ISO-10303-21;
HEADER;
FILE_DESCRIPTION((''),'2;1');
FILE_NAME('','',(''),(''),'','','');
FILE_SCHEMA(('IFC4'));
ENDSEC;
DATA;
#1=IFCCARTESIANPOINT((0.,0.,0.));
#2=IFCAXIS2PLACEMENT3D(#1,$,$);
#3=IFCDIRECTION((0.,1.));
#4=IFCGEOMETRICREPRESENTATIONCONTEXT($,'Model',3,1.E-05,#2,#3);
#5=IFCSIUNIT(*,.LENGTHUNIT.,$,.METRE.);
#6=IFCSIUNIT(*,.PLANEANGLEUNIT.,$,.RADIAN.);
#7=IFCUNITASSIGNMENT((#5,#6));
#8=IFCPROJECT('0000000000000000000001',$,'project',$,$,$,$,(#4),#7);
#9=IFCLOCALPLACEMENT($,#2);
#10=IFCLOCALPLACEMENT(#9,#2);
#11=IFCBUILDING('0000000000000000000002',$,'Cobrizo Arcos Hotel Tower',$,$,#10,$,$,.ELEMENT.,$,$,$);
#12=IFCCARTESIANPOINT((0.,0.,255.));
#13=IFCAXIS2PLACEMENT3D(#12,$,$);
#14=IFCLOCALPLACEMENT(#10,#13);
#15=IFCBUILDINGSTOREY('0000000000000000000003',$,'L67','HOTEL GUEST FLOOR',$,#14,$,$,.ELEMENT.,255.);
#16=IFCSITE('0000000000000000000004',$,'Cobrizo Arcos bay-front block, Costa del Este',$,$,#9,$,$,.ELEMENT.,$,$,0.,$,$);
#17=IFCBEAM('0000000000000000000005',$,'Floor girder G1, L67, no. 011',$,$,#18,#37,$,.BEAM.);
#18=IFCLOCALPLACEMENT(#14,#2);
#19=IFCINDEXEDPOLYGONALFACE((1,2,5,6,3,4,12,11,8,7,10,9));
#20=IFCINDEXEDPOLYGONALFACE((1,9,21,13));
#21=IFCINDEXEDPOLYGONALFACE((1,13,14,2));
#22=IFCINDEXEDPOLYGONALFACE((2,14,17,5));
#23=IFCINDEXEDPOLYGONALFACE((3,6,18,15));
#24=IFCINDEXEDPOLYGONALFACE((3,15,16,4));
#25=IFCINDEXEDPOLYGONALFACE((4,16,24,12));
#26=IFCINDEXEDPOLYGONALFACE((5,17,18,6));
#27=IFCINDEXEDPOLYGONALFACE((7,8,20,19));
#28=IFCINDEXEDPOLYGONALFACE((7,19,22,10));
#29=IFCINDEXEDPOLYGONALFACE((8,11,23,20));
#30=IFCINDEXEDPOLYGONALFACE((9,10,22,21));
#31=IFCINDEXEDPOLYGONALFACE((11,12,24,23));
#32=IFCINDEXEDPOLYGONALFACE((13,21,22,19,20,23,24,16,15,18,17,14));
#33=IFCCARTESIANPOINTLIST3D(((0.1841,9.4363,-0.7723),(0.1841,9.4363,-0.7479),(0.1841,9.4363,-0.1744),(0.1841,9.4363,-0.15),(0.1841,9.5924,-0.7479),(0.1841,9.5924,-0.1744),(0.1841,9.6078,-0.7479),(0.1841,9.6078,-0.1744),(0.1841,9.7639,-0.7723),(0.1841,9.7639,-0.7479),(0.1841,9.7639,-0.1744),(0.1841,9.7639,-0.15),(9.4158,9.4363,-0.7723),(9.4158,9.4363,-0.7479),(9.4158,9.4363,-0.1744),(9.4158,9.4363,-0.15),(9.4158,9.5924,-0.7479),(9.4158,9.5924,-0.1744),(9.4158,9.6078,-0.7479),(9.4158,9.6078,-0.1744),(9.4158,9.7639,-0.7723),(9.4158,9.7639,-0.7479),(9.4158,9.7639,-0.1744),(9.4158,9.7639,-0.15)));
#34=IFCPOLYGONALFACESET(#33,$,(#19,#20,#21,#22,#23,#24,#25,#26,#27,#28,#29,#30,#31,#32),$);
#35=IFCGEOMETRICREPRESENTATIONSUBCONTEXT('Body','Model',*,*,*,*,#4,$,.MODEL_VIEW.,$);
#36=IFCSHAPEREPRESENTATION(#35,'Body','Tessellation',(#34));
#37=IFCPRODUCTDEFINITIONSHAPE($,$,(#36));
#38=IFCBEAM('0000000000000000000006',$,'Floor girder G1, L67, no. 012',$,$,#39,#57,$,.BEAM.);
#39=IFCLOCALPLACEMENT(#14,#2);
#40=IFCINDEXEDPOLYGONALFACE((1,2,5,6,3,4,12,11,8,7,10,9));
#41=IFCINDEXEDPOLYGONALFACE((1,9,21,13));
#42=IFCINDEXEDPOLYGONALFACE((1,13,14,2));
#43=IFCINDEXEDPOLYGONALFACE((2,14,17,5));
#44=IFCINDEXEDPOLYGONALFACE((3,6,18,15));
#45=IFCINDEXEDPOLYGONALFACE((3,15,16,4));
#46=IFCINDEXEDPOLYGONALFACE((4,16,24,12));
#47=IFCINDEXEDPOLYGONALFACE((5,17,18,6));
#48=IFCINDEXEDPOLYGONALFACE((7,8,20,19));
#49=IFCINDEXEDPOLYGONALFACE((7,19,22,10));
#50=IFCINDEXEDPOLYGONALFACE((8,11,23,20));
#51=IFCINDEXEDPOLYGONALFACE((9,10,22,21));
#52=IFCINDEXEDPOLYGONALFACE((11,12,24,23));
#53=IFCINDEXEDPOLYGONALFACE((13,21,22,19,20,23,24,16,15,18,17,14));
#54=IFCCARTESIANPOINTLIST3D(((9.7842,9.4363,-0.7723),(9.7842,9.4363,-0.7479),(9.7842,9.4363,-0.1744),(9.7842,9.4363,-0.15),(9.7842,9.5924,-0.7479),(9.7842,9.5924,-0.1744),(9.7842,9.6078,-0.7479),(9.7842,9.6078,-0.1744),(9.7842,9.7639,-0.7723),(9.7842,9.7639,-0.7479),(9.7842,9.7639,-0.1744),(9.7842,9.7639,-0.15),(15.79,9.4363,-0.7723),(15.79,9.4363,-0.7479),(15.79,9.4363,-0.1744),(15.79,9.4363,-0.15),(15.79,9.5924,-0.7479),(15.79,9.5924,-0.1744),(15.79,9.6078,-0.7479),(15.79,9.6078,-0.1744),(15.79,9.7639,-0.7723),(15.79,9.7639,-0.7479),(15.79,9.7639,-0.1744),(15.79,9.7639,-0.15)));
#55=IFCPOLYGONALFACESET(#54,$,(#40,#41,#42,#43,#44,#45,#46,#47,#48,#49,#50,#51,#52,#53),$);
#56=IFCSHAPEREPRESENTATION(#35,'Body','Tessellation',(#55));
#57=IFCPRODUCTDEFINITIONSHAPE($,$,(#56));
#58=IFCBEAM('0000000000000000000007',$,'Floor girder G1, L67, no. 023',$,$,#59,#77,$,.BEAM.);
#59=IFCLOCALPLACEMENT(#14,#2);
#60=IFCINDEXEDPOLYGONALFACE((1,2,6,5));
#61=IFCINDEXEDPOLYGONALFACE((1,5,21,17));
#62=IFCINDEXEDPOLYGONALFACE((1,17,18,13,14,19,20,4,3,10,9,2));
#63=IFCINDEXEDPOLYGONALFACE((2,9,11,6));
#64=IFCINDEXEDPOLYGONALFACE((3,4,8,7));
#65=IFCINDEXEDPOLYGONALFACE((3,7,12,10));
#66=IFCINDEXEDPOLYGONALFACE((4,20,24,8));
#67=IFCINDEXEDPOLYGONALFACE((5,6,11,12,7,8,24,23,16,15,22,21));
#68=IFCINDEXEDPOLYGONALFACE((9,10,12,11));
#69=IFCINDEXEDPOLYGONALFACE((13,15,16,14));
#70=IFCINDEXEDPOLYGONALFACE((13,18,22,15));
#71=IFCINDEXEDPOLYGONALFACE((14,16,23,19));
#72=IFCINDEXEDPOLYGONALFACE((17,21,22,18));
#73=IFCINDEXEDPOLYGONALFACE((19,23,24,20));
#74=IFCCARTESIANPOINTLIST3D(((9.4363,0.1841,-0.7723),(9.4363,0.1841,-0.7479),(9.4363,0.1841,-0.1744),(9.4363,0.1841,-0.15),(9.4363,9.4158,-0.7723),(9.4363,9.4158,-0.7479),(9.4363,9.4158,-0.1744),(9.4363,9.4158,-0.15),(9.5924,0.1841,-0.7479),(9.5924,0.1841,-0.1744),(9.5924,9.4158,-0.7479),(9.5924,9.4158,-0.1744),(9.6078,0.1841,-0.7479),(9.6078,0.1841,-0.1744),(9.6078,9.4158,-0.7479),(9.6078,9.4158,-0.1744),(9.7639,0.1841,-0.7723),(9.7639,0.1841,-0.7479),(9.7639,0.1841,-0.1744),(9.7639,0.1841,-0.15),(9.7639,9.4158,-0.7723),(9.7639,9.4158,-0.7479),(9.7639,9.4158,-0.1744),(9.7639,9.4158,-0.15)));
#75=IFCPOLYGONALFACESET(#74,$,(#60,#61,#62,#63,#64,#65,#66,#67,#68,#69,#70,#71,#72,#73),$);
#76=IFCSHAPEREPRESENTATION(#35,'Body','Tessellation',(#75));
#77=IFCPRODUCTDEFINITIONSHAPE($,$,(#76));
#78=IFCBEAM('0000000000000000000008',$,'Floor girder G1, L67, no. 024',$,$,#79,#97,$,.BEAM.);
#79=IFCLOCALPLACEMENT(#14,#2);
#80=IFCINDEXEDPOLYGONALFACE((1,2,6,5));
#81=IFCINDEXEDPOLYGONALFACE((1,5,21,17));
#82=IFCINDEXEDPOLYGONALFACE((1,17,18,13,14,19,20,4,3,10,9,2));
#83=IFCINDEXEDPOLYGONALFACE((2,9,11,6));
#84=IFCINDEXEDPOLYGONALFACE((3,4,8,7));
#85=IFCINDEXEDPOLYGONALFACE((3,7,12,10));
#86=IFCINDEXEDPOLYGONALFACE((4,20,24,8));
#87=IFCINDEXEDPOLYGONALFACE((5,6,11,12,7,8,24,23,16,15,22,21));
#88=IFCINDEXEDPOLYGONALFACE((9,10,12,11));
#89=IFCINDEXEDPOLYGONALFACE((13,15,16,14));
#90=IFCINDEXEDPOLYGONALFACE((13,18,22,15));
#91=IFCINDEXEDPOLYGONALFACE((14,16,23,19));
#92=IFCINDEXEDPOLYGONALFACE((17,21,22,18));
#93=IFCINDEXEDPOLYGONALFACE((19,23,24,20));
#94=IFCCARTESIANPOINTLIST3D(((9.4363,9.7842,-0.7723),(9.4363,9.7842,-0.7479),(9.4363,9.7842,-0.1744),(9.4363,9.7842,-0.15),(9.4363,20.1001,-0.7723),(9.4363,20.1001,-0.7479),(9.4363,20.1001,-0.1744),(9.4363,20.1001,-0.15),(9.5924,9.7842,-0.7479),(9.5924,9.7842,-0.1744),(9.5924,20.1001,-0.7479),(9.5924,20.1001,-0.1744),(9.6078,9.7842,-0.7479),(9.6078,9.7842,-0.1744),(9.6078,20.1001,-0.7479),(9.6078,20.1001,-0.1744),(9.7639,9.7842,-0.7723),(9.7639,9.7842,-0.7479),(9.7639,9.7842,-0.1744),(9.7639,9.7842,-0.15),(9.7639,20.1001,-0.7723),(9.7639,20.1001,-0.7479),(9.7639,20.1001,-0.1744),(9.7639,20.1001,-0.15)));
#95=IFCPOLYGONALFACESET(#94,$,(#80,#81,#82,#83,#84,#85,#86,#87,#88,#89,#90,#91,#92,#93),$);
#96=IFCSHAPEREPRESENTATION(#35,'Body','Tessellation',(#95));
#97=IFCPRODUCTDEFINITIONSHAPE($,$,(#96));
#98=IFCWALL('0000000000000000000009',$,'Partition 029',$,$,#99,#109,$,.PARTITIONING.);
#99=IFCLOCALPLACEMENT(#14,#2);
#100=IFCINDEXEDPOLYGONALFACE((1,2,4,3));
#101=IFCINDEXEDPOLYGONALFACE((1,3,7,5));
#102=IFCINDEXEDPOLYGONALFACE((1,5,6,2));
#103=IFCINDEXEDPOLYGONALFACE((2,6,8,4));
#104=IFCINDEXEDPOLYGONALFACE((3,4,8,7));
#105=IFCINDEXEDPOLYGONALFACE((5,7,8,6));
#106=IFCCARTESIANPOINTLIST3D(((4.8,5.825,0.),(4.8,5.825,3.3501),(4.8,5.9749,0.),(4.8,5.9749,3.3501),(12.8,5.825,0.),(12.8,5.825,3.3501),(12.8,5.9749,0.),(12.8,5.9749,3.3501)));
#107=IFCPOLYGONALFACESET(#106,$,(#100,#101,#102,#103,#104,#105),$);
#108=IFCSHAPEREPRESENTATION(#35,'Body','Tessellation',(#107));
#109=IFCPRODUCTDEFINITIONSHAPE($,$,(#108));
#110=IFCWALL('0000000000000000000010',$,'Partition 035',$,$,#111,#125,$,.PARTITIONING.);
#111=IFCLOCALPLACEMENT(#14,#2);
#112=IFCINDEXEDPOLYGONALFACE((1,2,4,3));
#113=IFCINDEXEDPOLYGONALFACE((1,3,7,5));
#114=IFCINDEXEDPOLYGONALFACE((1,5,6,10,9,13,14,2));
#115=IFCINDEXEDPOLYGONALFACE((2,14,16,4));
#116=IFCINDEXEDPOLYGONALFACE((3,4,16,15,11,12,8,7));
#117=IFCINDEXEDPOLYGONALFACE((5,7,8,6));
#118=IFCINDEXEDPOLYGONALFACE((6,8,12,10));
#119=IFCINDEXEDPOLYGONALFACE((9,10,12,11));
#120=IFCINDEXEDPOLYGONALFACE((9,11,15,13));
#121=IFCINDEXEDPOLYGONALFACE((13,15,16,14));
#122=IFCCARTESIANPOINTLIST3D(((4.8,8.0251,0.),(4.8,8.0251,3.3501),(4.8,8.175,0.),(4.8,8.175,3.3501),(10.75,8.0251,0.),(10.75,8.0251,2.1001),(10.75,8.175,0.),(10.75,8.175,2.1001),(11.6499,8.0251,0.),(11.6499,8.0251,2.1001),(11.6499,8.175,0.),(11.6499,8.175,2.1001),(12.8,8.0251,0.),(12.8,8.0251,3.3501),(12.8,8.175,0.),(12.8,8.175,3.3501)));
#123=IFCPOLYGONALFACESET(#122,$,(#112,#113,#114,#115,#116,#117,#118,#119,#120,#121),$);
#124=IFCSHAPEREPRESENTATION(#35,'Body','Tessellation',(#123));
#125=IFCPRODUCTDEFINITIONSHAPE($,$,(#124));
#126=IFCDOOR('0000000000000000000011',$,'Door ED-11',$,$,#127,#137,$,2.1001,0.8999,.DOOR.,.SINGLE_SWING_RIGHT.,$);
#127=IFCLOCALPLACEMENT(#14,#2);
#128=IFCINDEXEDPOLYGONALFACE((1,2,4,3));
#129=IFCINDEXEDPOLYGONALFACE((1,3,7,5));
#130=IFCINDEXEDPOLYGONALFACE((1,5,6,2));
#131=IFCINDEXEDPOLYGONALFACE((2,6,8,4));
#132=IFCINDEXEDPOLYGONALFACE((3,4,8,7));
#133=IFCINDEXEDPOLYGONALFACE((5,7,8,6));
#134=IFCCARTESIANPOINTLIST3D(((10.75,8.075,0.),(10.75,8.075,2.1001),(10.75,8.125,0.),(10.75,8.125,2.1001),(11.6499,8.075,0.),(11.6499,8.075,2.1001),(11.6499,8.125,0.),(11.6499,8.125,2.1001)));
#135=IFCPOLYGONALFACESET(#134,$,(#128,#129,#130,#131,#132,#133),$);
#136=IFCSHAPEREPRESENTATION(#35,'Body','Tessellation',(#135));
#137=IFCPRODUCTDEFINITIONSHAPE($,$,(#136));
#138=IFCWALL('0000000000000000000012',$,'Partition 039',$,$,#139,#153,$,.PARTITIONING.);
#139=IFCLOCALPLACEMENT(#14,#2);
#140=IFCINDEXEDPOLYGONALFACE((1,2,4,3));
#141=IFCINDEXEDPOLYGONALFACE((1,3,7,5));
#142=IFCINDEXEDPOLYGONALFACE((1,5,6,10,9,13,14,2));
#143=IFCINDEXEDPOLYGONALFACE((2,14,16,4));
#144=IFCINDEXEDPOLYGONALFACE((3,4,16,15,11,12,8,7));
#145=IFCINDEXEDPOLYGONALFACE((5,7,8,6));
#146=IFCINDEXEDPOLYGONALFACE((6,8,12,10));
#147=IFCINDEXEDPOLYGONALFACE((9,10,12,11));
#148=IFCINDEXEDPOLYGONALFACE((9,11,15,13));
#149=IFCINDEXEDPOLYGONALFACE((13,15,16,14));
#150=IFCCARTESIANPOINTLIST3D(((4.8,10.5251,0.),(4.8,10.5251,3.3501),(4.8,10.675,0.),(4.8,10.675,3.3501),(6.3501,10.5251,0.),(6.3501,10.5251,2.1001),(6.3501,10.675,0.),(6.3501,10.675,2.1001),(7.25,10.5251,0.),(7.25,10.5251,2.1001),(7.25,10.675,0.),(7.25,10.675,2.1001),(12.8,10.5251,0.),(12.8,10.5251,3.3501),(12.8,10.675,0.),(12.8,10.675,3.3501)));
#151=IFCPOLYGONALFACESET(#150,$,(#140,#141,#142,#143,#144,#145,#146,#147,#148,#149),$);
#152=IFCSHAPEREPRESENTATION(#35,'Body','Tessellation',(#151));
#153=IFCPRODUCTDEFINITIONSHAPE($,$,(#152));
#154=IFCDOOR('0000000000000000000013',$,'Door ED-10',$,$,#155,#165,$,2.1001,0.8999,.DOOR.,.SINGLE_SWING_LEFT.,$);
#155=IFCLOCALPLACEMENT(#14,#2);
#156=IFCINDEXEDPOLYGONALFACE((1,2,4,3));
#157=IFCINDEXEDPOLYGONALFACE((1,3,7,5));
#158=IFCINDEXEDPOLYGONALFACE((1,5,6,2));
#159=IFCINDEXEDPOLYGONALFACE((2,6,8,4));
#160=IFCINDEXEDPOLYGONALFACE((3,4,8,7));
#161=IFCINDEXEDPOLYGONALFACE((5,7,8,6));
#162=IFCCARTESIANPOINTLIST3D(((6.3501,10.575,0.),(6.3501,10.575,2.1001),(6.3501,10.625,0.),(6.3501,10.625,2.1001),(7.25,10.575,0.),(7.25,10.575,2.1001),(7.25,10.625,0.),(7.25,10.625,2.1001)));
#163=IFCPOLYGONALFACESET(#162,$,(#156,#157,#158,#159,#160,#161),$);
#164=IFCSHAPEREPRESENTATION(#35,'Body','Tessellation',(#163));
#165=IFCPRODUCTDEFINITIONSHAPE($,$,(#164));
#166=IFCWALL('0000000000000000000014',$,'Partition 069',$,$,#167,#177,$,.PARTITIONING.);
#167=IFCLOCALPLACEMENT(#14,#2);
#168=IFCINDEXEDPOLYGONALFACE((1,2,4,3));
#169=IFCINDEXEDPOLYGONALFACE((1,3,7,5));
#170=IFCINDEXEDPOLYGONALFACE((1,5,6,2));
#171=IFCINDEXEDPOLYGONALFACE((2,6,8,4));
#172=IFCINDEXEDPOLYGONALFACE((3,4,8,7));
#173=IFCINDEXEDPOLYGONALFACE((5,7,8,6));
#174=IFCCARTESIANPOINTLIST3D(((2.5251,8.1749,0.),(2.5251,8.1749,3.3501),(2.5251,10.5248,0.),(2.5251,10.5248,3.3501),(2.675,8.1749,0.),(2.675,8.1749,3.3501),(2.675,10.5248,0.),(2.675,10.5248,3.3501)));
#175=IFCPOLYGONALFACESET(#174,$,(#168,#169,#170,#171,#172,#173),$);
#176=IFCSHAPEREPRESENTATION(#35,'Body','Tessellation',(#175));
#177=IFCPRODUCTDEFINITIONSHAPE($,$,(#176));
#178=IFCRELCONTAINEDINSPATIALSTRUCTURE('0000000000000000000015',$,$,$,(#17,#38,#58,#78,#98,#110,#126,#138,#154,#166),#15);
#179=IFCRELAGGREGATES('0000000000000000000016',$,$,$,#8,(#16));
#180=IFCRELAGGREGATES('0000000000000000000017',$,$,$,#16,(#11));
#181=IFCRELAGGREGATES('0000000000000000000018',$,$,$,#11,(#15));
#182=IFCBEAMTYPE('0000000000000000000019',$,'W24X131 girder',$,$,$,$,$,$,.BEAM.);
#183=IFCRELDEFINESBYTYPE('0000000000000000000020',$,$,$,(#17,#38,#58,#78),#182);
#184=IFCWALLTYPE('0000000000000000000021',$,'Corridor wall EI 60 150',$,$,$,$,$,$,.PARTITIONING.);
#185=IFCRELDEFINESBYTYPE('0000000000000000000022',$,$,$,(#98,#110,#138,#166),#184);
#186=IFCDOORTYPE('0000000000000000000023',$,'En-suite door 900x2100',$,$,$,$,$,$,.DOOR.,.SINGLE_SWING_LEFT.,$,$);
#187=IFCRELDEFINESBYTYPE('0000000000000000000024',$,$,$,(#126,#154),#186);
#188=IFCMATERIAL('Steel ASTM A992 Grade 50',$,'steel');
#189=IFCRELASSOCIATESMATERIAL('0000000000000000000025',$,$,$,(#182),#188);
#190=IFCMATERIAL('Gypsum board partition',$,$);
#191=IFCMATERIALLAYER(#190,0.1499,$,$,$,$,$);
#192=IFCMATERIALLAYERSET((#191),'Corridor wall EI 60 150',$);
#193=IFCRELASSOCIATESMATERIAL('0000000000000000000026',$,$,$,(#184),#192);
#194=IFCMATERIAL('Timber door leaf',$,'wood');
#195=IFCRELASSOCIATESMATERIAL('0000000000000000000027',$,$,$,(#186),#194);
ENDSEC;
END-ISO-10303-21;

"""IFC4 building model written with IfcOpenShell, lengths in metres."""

from ifc_helpers import new_model, si_unit, direction, frame, frame_2d, origin, origin_2d, place, context, subcontext, project, spatial, rectangle, i_section, extrude, material, layer, layer_set, material_profile, profile_set, type_object, element, fill, save


model = new_model("IFC4")

# Units and contexts
model_context = context("Model", 3, precision=1e-05, world=origin(), true_north=direction((0.0, 1.0)))
body_context = subcontext(model_context, "Body", "Model", "MODEL_VIEW")
ifc_project = project(units=[si_unit("LENGTHUNIT", "METRE"), si_unit("PLANEANGLEUNIT", "RADIAN")], contexts=[model_context])

# Site, building, storey
site_placement = place(None, origin())
site = spatial("IfcSite", under=ifc_project, at=site_placement, Name="Cobrizo Arcos bay-front block, Costa del Este", CompositionType="ELEMENT", RefElevation=0.0)
building_placement = place(site_placement, origin())
building = spatial("IfcBuilding", under=site, at=building_placement, Name="Cobrizo Arcos Hotel Tower", CompositionType="ELEMENT")
storey_placement = place(building_placement, frame((0.0, 0.0, 255.0)))
storey = spatial("IfcBuildingStorey", under=building, at=storey_placement, Name="L67", Description="HOTEL GUEST FLOOR", CompositionType="ELEMENT", Elevation=255.0)

# Shared definitions
ifc_material_1 = material(Name="Steel ASTM A992 Grade 50", Category="steel")

# Beams
ifc_material_profile_1 = material_profile(ifc_material_1, i_section(OverallWidth=0.3276, OverallDepth=0.6223, WebThickness=0.0154, FlangeThickness=0.0244, at=origin_2d()), Name="W24X131")
ifc_profile_set_1 = profile_set([ifc_material_profile_1], Name="Steel ASTM A992 Grade 50")
beam_type_1 = type_object("IfcBeamType", Name="W24X131 girder", PredefinedType="BEAM", material=ifc_profile_set_1)
beam_1_placement = place(storey_placement, frame((0.1841, 9.6001, -0.4612), z_axis=(1.0, 0.0, 0.0), x_axis=(0.0, 1.0, 0.0)))
element("IfcBeam", 1, at=beam_1_placement, inside=storey, type_object=beam_type_1, Name="Floor girder G1, L67, no. 011", PredefinedType="BEAM", context=body_context, shape_type="SweptSolid", body=[
    extrude(i_section(OverallWidth=0.3276, OverallDepth=0.6223, WebThickness=0.0154, FlangeThickness=0.0244, at=origin_2d()), origin(), (0.0, 0.0, 1.0), 9.2317),
])
beam_2_placement = place(storey_placement, frame((9.7842, 9.6001, -0.4612), z_axis=(1.0, 0.0, 0.0), x_axis=(0.0, 1.0, 0.0)))
element("IfcBeam", 2, at=beam_2_placement, inside=storey, type_object=beam_type_1, Name="Floor girder G1, L67, no. 012", PredefinedType="BEAM", context=body_context, shape_type="SweptSolid", body=[
    extrude(i_section(OverallWidth=0.3276, OverallDepth=0.6223, WebThickness=0.0154, FlangeThickness=0.0244, at=origin_2d()), origin(), (0.0, 0.0, 1.0), 6.0059),
])
beam_3_placement = place(storey_placement, frame((9.6001, 0.1841, -0.4612), z_axis=(0.0, 1.0, 0.0), x_axis=(-1.0, 0.0, 0.0)))
element("IfcBeam", 3, at=beam_3_placement, inside=storey, type_object=beam_type_1, Name="Floor girder G1, L67, no. 023", PredefinedType="BEAM", context=body_context, shape_type="SweptSolid", body=[
    extrude(i_section(OverallWidth=0.3276, OverallDepth=0.6223, WebThickness=0.0154, FlangeThickness=0.0244, at=origin_2d()), origin(), (0.0, 0.0, 1.0), 9.2317),
])
beam_4_placement = place(storey_placement, frame((9.6001, 9.7842, -0.4612), z_axis=(0.0, 1.0, 0.0), x_axis=(-1.0, 0.0, 0.0)))
element("IfcBeam", 4, at=beam_4_placement, inside=storey, type_object=beam_type_1, Name="Floor girder G1, L67, no. 024", PredefinedType="BEAM", context=body_context, shape_type="SweptSolid", body=[
    extrude(i_section(OverallWidth=0.3276, OverallDepth=0.6223, WebThickness=0.0154, FlangeThickness=0.0244, at=origin_2d()), origin(), (0.0, 0.0, 1.0), 10.3159),
])

# Wall
ifc_material_2 = material(Name="Gypsum board partition")
ifc_layer_1 = layer(ifc_material_2, 0.1499)
ifc_layer_set_1 = layer_set([ifc_layer_1], Name="Corridor wall EI 60 150")
wall_type_1 = type_object("IfcWallType", Name="Corridor wall EI 60 150", PredefinedType="PARTITIONING", material=ifc_layer_set_1)
wall_1_placement = place(storey_placement, frame((4.8, 5.8999, 0.0), z_axis=(0.0, 0.0, 1.0), x_axis=(1.0, 0.0, 0.0)))
element("IfcWall", 5, at=wall_1_placement, inside=storey, type_object=wall_type_1, Name="Partition 029", PredefinedType="PARTITIONING", context=body_context, shape_type="SweptSolid", body=[
    extrude(rectangle(XDim=8.0, YDim=0.1499, at=frame_2d((4.0, 0.0))), origin(), (0.0, 0.0, 1.0), 3.3501),
])

# Walls, openings, doors
wall_2_placement = place(storey_placement, frame((4.8, 8.1001, 0.0), z_axis=(0.0, 0.0, 1.0), x_axis=(1.0, 0.0, 0.0)))
wall_2 = element("IfcWall", 6, at=wall_2_placement, inside=storey, type_object=wall_type_1, Name="Partition 035", PredefinedType="PARTITIONING", context=body_context, shape_type="SweptSolid", body=[
    extrude(rectangle(XDim=8.0, YDim=0.1499, at=frame_2d((4.0, 0.0))), origin(), (0.0, 0.0, 1.0), 3.3501),
])
opening_1_placement = place(wall_2_placement, frame((5.95, 0.0, 0.0)))
opening_1 = element("IfcOpeningElement", 7, at=opening_1_placement, cuts=wall_2, PredefinedType="OPENING", context=body_context, shape_type="SweptSolid", body=[
    extrude(rectangle(XDim=0.8999, YDim=2.1001, at=frame_2d((0.45, 1.05))), frame((0.0, 0.0869, 0.0), z_axis=(0.0, -1.0, 0.0), x_axis=(1.0, 0.0, 0.0)), (0.0, 0.0, 1.0), 0.1738),
])
ifc_material_3 = material(Name="Timber door leaf", Category="wood")
door_type_1 = type_object("IfcDoorType", Name="En-suite door 900x2100", OperationType="SINGLE_SWING_LEFT", PredefinedType="DOOR", material=ifc_material_3)
door_1_placement = place(opening_1_placement, origin())
door_1 = element("IfcDoor", 8, at=door_1_placement, inside=storey, type_object=door_type_1, Name="Door ED-11", OperationType="SINGLE_SWING_RIGHT", OverallHeight=2.1001, OverallWidth=0.8999, PredefinedType="DOOR", context=body_context, shape_type="SweptSolid", body=[
    extrude(rectangle(XDim=0.8999, YDim=2.1001, at=frame_2d((0.45, 1.05))), frame((0.0, 0.0249, 0.0), z_axis=(0.0, -1.0, 0.0), x_axis=(1.0, 0.0, 0.0)), (0.0, 0.0, 1.0), 0.05),
])
fill(opening_1, door_1)
wall_3_placement = place(storey_placement, frame((4.8, 10.6001, 0.0), z_axis=(0.0, 0.0, 1.0), x_axis=(1.0, 0.0, 0.0)))
wall_3 = element("IfcWall", 9, at=wall_3_placement, inside=storey, type_object=wall_type_1, Name="Partition 039", PredefinedType="PARTITIONING", context=body_context, shape_type="SweptSolid", body=[
    extrude(rectangle(XDim=8.0, YDim=0.1499, at=frame_2d((4.0, 0.0))), origin(), (0.0, 0.0, 1.0), 3.3501),
])
opening_2_placement = place(wall_3_placement, frame((1.55, 0.0, 0.0)))
opening_2 = element("IfcOpeningElement", 10, at=opening_2_placement, cuts=wall_3, PredefinedType="OPENING", context=body_context, shape_type="SweptSolid", body=[
    extrude(rectangle(XDim=0.8999, YDim=2.1001, at=frame_2d((0.45, 1.05))), frame((0.0, 0.0869, 0.0), z_axis=(0.0, -1.0, 0.0), x_axis=(1.0, 0.0, 0.0)), (0.0, 0.0, 1.0), 0.1738),
])
door_2_placement = place(opening_2_placement, origin())
door_2 = element("IfcDoor", 11, at=door_2_placement, inside=storey, type_object=door_type_1, Name="Door ED-10", OperationType="SINGLE_SWING_LEFT", OverallHeight=2.1001, OverallWidth=0.8999, PredefinedType="DOOR", context=body_context, shape_type="SweptSolid", body=[
    extrude(rectangle(XDim=0.8999, YDim=2.1001, at=frame_2d((0.45, 1.05))), frame((0.0, 0.0249, 0.0), z_axis=(0.0, -1.0, 0.0), x_axis=(1.0, 0.0, 0.0)), (0.0, 0.0, 1.0), 0.05),
])
fill(opening_2, door_2)

# Wall
wall_4_placement = place(storey_placement, frame((2.6001, 8.175, 0.0), z_axis=(0.0, 0.0, 1.0), x_axis=(0.0, 1.0, 0.0)))
element("IfcWall", 12, at=wall_4_placement, inside=storey, type_object=wall_type_1, Name="Partition 069", PredefinedType="PARTITIONING", context=body_context, shape_type="SweptSolid", body=[
    extrude(rectangle(XDim=2.3499, YDim=0.1499, at=frame_2d((1.1748, 0.0))), origin(), (0.0, 0.0, 1.0), 3.3501),
])

save(model, "model.ifc")
